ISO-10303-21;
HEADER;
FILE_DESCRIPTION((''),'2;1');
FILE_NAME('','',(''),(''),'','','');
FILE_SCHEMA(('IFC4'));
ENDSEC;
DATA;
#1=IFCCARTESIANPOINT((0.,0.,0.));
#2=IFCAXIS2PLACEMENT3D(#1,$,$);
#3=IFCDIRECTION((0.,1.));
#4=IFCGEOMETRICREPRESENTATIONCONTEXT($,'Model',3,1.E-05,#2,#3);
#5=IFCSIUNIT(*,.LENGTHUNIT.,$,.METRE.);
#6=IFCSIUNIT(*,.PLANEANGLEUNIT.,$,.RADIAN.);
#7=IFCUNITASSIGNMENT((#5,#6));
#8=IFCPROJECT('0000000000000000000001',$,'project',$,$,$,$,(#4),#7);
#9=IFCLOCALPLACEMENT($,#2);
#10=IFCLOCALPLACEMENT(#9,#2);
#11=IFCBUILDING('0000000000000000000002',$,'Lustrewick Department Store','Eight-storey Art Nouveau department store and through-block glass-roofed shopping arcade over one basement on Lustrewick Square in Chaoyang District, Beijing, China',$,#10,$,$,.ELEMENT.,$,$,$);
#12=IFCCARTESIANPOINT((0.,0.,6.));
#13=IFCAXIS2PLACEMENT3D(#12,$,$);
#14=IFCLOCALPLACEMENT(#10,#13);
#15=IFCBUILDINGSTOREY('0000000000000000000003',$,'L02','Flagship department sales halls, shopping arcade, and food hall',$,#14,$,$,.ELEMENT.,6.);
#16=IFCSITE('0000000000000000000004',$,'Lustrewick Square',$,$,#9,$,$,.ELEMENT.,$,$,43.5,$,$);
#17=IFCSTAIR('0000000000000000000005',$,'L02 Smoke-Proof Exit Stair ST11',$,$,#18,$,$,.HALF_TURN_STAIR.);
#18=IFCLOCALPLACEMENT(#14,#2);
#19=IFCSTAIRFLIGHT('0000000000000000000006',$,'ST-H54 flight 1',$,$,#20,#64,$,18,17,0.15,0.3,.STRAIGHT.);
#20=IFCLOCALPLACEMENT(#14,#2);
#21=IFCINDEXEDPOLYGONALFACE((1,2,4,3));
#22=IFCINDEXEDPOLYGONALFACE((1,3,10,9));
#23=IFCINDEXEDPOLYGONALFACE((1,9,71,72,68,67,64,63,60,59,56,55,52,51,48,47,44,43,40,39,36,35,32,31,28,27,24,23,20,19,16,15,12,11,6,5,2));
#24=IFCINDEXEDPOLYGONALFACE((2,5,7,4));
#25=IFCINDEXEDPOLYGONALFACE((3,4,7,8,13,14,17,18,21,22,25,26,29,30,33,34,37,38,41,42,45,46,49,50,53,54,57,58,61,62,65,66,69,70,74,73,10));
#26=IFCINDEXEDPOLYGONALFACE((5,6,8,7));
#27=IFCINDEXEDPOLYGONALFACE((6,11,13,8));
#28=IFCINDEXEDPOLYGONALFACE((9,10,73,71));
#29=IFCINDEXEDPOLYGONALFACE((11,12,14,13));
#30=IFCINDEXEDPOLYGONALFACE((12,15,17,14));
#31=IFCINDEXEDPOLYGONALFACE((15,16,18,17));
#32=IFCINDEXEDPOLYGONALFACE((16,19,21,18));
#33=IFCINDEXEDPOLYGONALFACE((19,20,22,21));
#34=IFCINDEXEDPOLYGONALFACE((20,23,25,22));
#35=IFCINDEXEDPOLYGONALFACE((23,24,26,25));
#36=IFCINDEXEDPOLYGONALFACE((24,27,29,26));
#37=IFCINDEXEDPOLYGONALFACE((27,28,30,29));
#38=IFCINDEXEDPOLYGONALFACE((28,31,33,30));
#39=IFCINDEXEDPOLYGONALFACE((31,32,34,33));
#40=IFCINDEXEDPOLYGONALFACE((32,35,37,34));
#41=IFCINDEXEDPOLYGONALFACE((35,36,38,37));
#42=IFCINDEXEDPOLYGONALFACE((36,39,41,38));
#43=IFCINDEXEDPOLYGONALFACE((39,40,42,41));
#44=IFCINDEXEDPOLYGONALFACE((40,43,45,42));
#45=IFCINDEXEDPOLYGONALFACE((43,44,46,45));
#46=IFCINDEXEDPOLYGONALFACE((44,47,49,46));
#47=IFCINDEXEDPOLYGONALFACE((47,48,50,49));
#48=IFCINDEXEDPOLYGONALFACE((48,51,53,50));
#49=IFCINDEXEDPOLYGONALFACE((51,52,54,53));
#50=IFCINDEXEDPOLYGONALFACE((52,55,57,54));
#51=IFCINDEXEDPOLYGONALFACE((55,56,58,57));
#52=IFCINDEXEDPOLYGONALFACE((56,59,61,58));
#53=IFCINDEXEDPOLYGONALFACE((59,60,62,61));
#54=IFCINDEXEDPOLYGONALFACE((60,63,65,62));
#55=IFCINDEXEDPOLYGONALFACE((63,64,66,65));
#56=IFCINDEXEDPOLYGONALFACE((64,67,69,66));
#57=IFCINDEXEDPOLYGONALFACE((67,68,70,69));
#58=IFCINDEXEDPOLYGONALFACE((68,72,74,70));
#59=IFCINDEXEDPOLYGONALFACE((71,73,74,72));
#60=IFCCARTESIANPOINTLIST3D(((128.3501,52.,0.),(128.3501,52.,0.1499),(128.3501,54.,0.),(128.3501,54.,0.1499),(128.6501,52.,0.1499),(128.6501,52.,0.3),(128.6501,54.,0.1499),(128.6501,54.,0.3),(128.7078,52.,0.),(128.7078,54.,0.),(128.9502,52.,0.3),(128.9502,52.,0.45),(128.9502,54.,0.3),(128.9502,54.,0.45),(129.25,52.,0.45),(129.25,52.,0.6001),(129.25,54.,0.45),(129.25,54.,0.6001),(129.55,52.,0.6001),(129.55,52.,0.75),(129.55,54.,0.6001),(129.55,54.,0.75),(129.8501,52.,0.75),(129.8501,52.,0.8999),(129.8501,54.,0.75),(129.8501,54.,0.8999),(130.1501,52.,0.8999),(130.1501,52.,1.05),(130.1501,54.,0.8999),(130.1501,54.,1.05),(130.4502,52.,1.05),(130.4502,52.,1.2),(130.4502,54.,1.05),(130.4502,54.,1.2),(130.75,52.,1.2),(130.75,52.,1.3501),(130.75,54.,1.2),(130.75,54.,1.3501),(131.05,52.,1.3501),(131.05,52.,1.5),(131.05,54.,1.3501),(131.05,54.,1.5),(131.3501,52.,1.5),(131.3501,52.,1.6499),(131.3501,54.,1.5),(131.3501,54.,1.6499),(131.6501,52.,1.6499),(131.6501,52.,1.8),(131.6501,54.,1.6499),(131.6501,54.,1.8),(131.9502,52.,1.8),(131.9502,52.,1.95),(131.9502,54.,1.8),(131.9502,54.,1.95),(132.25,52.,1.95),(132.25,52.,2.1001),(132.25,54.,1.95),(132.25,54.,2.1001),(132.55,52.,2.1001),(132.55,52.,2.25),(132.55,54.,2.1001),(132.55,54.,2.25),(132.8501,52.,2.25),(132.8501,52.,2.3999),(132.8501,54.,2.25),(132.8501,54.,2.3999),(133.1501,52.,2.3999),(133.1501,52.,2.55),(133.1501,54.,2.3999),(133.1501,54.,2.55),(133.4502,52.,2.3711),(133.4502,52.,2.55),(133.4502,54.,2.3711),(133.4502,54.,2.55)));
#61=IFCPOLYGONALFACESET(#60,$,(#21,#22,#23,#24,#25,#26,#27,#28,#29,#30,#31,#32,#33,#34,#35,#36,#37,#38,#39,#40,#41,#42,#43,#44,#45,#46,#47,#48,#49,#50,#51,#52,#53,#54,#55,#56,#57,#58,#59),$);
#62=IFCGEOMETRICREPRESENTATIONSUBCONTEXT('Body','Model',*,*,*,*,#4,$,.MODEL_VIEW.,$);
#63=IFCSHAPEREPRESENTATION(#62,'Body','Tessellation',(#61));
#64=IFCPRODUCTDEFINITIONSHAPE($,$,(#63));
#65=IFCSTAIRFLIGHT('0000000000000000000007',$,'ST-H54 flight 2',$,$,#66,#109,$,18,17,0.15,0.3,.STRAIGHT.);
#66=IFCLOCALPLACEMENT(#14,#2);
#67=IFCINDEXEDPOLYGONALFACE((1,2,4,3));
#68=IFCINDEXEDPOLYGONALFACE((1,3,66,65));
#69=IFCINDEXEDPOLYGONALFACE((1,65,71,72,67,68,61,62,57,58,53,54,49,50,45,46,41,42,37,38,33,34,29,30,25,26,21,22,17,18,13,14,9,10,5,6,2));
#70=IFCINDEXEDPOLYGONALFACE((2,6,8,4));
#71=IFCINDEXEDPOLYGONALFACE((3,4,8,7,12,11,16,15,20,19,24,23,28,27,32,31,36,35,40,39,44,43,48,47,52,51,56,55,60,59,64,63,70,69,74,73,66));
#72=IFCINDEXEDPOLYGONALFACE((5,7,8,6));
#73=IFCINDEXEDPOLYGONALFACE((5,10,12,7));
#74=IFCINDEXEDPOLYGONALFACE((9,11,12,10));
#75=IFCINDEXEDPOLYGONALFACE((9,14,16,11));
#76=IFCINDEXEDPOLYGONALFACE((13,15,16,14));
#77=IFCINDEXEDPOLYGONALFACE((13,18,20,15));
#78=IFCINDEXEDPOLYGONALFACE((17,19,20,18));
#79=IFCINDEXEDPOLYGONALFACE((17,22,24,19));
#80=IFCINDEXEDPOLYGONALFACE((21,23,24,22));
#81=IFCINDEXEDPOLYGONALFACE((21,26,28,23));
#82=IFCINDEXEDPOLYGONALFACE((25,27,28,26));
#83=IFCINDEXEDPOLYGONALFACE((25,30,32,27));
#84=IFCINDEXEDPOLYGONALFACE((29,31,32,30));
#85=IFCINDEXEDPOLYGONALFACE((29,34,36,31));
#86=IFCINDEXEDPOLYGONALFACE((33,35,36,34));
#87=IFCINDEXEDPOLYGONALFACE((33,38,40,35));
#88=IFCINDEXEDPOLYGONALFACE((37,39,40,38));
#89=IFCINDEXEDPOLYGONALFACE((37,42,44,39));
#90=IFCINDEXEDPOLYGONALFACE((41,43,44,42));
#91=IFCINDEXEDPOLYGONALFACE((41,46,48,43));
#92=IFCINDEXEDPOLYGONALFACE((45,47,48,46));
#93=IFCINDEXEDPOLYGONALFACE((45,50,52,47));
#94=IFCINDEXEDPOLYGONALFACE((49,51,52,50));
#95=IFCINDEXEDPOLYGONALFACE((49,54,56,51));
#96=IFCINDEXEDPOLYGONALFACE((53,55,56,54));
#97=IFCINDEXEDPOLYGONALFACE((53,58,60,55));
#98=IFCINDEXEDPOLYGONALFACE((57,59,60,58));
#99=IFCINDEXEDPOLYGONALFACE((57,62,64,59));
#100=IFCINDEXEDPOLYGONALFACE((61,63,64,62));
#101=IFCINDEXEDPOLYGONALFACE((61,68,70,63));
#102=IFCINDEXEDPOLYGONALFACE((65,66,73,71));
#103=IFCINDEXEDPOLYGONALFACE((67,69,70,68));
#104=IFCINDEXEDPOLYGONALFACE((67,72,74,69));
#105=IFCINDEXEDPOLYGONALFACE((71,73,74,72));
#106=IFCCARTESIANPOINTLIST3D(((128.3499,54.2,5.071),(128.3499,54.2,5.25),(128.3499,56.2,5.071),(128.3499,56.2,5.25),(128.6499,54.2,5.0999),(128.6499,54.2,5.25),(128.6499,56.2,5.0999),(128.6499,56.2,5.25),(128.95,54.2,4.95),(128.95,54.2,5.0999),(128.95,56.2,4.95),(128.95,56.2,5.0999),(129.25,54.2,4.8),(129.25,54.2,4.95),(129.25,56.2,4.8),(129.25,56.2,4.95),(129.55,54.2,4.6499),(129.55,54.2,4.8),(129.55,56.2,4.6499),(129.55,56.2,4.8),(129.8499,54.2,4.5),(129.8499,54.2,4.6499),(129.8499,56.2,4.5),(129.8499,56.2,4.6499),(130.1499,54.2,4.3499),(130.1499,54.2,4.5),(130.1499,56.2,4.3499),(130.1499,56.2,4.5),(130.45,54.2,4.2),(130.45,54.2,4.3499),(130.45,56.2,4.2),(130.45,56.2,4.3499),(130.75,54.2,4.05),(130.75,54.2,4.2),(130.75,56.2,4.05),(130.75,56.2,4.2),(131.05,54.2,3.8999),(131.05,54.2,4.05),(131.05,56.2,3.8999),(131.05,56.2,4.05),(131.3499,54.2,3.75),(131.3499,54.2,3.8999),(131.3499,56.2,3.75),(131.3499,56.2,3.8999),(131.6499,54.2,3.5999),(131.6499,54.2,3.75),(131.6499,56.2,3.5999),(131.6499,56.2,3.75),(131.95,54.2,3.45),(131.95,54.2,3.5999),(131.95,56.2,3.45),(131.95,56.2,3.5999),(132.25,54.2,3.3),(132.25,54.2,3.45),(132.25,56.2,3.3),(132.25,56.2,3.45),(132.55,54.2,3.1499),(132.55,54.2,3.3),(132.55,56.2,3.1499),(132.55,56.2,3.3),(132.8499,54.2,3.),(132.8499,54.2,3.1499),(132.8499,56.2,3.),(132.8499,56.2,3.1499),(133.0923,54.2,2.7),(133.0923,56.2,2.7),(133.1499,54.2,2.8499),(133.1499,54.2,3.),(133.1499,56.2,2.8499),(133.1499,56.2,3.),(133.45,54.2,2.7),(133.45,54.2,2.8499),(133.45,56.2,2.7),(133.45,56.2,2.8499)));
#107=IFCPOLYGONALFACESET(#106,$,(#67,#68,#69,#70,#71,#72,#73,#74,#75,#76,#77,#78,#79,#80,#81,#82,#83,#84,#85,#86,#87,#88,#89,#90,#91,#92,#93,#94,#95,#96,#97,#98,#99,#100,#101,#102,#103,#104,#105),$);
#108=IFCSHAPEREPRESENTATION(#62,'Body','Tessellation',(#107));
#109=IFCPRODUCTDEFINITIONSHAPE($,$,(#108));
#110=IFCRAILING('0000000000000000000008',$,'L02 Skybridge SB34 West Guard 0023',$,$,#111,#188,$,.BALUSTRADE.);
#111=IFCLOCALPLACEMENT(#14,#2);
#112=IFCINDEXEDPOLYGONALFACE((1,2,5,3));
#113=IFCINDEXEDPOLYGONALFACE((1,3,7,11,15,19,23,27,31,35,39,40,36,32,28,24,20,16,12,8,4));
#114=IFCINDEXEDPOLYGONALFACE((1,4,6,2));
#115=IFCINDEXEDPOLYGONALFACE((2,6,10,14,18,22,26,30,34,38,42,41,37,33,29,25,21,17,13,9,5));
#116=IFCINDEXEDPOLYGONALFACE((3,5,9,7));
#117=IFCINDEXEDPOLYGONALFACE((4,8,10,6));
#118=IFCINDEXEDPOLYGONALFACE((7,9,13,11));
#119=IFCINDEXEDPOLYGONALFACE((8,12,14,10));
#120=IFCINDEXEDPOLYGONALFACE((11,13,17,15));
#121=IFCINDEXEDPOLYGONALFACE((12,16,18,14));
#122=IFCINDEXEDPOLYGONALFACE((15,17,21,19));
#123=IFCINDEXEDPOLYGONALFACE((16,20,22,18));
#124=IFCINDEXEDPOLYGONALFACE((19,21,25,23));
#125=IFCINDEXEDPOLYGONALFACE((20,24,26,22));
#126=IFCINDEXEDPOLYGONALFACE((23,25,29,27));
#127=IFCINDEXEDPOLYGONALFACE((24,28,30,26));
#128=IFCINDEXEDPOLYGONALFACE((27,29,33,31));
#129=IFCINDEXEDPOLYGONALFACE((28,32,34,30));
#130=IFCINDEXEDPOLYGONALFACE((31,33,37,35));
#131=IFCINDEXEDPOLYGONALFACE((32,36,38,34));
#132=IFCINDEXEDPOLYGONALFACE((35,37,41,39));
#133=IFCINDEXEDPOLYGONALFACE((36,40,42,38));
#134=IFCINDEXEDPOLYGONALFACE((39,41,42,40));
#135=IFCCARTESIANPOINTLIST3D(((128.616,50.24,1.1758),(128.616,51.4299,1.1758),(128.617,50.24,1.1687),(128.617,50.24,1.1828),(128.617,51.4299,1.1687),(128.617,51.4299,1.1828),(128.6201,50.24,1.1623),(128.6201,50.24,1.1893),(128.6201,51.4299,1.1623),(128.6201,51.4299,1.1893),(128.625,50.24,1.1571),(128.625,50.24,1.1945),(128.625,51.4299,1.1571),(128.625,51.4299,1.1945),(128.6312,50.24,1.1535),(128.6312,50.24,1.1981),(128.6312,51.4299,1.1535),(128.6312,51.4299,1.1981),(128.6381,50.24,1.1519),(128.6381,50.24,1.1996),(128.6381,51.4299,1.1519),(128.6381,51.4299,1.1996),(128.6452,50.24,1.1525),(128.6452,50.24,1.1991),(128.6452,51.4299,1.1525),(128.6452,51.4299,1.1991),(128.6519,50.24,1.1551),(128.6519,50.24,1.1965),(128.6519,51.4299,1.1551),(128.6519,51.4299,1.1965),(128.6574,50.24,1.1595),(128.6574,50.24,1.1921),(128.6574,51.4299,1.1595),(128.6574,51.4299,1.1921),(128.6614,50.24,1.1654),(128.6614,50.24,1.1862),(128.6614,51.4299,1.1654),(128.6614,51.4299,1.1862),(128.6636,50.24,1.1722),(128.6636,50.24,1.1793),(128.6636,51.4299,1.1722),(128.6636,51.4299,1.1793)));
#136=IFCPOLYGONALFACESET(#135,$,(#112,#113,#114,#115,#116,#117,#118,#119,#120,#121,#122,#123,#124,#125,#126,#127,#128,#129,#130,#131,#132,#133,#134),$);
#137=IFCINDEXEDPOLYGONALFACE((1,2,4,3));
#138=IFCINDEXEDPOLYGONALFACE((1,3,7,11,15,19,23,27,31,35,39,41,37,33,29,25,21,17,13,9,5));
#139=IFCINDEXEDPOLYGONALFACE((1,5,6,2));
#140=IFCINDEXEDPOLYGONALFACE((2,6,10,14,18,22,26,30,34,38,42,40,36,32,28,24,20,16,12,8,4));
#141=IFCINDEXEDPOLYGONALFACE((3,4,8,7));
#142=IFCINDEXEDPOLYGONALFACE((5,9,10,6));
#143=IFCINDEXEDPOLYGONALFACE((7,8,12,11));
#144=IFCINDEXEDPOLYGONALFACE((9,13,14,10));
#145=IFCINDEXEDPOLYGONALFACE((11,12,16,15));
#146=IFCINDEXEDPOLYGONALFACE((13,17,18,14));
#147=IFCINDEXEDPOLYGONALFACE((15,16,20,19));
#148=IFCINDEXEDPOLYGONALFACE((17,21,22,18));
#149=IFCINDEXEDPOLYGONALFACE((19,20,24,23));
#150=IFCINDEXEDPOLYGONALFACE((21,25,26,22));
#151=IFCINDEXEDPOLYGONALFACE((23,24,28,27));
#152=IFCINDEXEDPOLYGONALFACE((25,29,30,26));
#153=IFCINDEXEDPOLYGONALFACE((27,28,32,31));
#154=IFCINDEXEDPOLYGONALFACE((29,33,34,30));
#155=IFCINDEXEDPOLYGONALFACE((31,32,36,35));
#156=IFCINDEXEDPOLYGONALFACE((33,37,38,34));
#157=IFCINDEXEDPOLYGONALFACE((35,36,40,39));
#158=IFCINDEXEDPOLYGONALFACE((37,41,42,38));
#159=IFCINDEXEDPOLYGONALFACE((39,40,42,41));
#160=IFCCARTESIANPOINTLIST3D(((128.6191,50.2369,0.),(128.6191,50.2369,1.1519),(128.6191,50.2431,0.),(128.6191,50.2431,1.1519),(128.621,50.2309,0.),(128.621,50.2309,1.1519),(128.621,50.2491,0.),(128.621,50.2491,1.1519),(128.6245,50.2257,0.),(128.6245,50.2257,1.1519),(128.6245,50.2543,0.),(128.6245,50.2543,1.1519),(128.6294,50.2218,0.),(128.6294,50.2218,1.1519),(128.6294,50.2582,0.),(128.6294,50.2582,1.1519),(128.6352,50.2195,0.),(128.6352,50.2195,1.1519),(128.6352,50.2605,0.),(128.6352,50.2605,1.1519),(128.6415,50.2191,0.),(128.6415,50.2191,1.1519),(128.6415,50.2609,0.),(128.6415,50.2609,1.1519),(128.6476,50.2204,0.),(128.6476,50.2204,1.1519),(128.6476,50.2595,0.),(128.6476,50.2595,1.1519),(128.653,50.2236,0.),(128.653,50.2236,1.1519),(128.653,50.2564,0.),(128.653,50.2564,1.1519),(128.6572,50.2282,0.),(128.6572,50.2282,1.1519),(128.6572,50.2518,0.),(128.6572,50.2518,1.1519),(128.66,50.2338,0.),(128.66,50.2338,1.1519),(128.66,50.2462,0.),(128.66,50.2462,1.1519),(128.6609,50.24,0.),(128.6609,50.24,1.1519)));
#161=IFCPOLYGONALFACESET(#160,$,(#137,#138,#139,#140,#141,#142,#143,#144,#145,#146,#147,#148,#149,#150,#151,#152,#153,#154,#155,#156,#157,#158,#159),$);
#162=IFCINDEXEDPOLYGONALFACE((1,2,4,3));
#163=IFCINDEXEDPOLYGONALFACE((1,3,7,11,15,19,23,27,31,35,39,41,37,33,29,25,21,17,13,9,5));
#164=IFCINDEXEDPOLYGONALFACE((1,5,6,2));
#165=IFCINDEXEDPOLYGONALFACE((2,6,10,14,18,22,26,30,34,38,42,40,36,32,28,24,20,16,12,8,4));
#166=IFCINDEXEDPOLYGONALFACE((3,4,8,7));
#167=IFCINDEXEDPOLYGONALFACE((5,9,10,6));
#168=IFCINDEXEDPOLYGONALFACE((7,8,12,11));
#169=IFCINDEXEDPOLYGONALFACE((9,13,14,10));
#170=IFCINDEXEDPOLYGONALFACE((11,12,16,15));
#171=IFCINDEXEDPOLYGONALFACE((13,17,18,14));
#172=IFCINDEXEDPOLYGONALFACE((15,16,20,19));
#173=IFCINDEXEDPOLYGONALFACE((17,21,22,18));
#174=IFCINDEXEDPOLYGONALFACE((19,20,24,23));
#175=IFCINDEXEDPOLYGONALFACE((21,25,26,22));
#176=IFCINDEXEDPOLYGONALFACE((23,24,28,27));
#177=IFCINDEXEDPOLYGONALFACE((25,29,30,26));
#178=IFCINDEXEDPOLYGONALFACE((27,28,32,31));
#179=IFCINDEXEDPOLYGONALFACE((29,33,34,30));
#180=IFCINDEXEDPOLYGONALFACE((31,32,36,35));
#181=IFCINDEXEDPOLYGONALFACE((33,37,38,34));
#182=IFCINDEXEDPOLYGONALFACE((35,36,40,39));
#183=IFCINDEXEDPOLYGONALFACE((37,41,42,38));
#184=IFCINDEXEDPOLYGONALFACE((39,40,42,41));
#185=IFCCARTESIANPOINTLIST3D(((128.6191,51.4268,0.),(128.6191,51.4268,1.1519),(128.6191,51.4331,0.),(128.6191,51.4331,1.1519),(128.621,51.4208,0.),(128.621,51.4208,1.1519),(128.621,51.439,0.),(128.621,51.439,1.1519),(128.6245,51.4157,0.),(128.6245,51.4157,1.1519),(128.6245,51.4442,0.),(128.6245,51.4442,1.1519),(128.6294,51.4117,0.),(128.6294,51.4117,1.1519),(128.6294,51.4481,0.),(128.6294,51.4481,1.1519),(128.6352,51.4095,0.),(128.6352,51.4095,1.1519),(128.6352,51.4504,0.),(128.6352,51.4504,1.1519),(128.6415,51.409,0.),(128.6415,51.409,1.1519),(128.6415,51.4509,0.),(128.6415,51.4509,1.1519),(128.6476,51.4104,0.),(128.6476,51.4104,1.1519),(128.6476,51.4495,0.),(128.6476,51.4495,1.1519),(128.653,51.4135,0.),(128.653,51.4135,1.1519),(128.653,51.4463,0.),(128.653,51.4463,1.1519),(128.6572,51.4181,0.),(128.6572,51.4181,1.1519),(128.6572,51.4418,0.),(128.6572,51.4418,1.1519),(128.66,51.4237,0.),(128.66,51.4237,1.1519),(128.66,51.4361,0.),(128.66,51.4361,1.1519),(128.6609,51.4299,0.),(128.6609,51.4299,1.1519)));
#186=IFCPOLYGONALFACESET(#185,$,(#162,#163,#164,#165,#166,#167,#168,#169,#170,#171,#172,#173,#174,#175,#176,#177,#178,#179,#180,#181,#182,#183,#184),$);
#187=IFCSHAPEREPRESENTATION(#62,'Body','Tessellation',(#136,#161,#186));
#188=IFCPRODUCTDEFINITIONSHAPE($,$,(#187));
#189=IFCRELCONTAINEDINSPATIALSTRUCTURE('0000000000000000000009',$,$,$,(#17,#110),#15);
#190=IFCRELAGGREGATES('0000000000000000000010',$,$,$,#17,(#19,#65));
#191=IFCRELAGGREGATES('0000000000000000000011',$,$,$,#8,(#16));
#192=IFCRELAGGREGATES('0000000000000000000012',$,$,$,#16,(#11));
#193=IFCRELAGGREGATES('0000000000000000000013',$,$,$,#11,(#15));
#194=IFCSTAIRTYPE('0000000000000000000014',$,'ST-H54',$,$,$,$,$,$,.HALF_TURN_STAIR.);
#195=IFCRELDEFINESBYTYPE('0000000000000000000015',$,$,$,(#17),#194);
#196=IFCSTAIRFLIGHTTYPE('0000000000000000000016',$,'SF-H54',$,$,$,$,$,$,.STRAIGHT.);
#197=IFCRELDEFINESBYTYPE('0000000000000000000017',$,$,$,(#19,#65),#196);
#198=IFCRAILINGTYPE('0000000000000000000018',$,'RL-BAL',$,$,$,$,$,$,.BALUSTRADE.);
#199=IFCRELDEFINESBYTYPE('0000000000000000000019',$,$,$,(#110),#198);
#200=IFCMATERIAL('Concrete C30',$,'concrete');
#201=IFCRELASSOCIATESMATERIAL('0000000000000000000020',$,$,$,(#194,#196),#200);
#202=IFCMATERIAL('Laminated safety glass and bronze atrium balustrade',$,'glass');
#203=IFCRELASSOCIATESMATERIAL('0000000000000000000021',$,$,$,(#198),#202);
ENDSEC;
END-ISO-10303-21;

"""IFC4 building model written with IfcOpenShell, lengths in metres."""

from ifc_helpers import new_model, si_unit, direction, frame, origin, origin_2d, place, context, subcontext, project, spatial, polyline, circle, outline, extrude, material, type_object, element, aggregate, save


model = new_model("IFC4")

# Units and contexts
model_context = context("Model", 3, precision=1e-05, world=origin(), true_north=direction((0.0, 1.0)))
body_context = subcontext(model_context, "Body", "Model", "MODEL_VIEW")
ifc_project = project(units=[si_unit("LENGTHUNIT", "METRE"), si_unit("PLANEANGLEUNIT", "RADIAN")], contexts=[model_context])

# Site, building, storey
site_placement = place(None, origin())
site = spatial("IfcSite", under=ifc_project, at=site_placement, Name="Lustrewick Square", CompositionType="ELEMENT", RefElevation=43.5)
building_placement = place(site_placement, origin())
building = spatial("IfcBuilding", under=site, at=building_placement, Name="Lustrewick Department Store", Description="Eight-storey Art Nouveau department store and through-block glass-roofed shopping arcade over one basement on Lustrewick Square in Chaoyang District, Beijing, China", CompositionType="ELEMENT")
storey_placement = place(building_placement, frame((0.0, 0.0, 6.0)))
storey = spatial("IfcBuildingStorey", under=building, at=storey_placement, Name="L02", Description="Flagship department sales halls, shopping arcade, and food hall", CompositionType="ELEMENT", Elevation=6.0)

# Stair, stair flights
ifc_material_1 = material(Name="Concrete C30", Category="concrete")
stair_type = type_object("IfcStairType", Name="ST-H54", PredefinedType="HALF_TURN_STAIR", material=ifc_material_1)
stair_placement = place(storey_placement, origin())
stair = element("IfcStair", 1, at=stair_placement, inside=storey, type_object=stair_type, Name="L02 Smoke-Proof Exit Stair ST11", PredefinedType="HALF_TURN_STAIR")
stair_flight_type = type_object("IfcStairFlightType", Name="SF-H54", PredefinedType="STRAIGHT", material=ifc_material_1)
stair_flight_1_placement = place(storey_placement, frame((128.3501, 53.0, 0.0), z_axis=(0.0, 0.0, 1.0), x_axis=(1.0, 0.0, 0.0)))
stair_flight_1 = element("IfcStairFlight", 2, at=stair_flight_1_placement, type_object=stair_flight_type, Name="ST-H54 flight 1", NumberOfRisers=18, NumberOfTreads=17, PredefinedType="STRAIGHT", RiserHeight=0.15, TreadLength=0.3, context=body_context, shape_type="SweptSolid", body=[
    extrude(outline(polyline([(0.0, 0.0), (0.0, 0.1499), (0.3, 0.1499), (0.3, 0.3), (0.6001, 0.3), (0.6001, 0.45), (0.8999, 0.45), (0.8999, 0.6001), (1.2, 0.6001), (1.2, 0.75), (1.5, 0.75), (1.5, 0.8999), (1.8, 0.8999), (1.8, 1.05), (2.1001, 1.05), (2.1001, 1.2), (2.3999, 1.2), (2.3999, 1.3501), (2.7, 1.3501), (2.7, 1.5), (3.0, 1.5), (3.0, 1.6499), (3.3, 1.6499), (3.3, 1.8), (3.6001, 1.8), (3.6001, 1.95), (3.8999, 1.95), (3.8999, 2.1001), (4.2, 2.1001), (4.2, 2.25), (4.5, 2.25), (4.5, 2.3999), (4.8, 2.3999), (4.8, 2.55), (5.1001, 2.55), (5.1001, 2.7), (5.1001, 2.3711), (0.3577, 0.0), (0.0, 0.0)])), frame((0.0, 1.0, 0.0), z_axis=(0.0, -1.0, 0.0), x_axis=(1.0, 0.0, 0.0)), (0.0, 0.0, 1.0), 2.0),
])
stair_flight_2_placement = place(storey_placement, frame((133.45, 55.2, 2.7), z_axis=(0.0, 0.0, 1.0), x_axis=(-1.0, 0.0, 0.0)))
stair_flight_2 = element("IfcStairFlight", 3, at=stair_flight_2_placement, type_object=stair_flight_type, Name="ST-H54 flight 2", NumberOfRisers=18, NumberOfTreads=17, PredefinedType="STRAIGHT", RiserHeight=0.15, TreadLength=0.3, context=body_context, shape_type="SweptSolid", body=[
    extrude(outline(polyline([(0.0, 0.0), (0.0, 0.1499), (0.3, 0.1499), (0.3, 0.3), (0.6001, 0.3), (0.6001, 0.45), (0.8999, 0.45), (0.8999, 0.6001), (1.2, 0.6001), (1.2, 0.75), (1.5, 0.75), (1.5, 0.8999), (1.8, 0.8999), (1.8, 1.05), (2.1001, 1.05), (2.1001, 1.2), (2.3999, 1.2), (2.3999, 1.3501), (2.7, 1.3501), (2.7, 1.5), (3.0, 1.5), (3.0, 1.6499), (3.3, 1.6499), (3.3, 1.8), (3.6001, 1.8), (3.6001, 1.95), (3.8999, 1.95), (3.8999, 2.1001), (4.2, 2.1001), (4.2, 2.25), (4.5, 2.25), (4.5, 2.3999), (4.8, 2.3999), (4.8, 2.55), (5.1001, 2.55), (5.1001, 2.7), (5.1001, 2.3711), (0.3577, 0.0), (0.0, 0.0)])), frame((0.0, 1.0, 0.0), z_axis=(0.0, -1.0, 0.0), x_axis=(1.0, 0.0, 0.0)), (0.0, 0.0, 1.0), 2.0),
])
aggregate(stair, [stair_flight_1, stair_flight_2])

# Railing
ifc_material_2 = material(Name="Laminated safety glass and bronze atrium balustrade", Category="glass")
railing_type_1 = type_object("IfcRailingType", Name="RL-BAL", PredefinedType="BALUSTRADE", material=ifc_material_2)
for number, where, name in (
    (4, (128.6399, 50.24, 0.0), "L02 Skybridge SB34 West Guard 0023"),
):
    element("IfcRailing", number, at=place(storey_placement, frame(where)), inside=storey, type_object=railing_type_1, Name=name, PredefinedType="BALUSTRADE", context=body_context, shape_type="SweptSolid", body=[
        extrude(circle(Radius=0.0239, at=origin_2d()), frame((0.0, 0.0, 1.1758), z_axis=(0.0, 1.0, 0.0), x_axis=(-1.0, 0.0, 0.0)), (0.0, 0.0, 1.0), 1.1899),
        extrude(circle(Radius=0.021, at=origin_2d()), origin(), (0.0, 0.0, 1.0), 1.1519),
        extrude(circle(Radius=0.021, at=origin_2d()), frame((0.0, 1.1899, 0.0)), (0.0, 0.0, 1.0), 1.1519),
    ])

save(model, "model.ifc")
